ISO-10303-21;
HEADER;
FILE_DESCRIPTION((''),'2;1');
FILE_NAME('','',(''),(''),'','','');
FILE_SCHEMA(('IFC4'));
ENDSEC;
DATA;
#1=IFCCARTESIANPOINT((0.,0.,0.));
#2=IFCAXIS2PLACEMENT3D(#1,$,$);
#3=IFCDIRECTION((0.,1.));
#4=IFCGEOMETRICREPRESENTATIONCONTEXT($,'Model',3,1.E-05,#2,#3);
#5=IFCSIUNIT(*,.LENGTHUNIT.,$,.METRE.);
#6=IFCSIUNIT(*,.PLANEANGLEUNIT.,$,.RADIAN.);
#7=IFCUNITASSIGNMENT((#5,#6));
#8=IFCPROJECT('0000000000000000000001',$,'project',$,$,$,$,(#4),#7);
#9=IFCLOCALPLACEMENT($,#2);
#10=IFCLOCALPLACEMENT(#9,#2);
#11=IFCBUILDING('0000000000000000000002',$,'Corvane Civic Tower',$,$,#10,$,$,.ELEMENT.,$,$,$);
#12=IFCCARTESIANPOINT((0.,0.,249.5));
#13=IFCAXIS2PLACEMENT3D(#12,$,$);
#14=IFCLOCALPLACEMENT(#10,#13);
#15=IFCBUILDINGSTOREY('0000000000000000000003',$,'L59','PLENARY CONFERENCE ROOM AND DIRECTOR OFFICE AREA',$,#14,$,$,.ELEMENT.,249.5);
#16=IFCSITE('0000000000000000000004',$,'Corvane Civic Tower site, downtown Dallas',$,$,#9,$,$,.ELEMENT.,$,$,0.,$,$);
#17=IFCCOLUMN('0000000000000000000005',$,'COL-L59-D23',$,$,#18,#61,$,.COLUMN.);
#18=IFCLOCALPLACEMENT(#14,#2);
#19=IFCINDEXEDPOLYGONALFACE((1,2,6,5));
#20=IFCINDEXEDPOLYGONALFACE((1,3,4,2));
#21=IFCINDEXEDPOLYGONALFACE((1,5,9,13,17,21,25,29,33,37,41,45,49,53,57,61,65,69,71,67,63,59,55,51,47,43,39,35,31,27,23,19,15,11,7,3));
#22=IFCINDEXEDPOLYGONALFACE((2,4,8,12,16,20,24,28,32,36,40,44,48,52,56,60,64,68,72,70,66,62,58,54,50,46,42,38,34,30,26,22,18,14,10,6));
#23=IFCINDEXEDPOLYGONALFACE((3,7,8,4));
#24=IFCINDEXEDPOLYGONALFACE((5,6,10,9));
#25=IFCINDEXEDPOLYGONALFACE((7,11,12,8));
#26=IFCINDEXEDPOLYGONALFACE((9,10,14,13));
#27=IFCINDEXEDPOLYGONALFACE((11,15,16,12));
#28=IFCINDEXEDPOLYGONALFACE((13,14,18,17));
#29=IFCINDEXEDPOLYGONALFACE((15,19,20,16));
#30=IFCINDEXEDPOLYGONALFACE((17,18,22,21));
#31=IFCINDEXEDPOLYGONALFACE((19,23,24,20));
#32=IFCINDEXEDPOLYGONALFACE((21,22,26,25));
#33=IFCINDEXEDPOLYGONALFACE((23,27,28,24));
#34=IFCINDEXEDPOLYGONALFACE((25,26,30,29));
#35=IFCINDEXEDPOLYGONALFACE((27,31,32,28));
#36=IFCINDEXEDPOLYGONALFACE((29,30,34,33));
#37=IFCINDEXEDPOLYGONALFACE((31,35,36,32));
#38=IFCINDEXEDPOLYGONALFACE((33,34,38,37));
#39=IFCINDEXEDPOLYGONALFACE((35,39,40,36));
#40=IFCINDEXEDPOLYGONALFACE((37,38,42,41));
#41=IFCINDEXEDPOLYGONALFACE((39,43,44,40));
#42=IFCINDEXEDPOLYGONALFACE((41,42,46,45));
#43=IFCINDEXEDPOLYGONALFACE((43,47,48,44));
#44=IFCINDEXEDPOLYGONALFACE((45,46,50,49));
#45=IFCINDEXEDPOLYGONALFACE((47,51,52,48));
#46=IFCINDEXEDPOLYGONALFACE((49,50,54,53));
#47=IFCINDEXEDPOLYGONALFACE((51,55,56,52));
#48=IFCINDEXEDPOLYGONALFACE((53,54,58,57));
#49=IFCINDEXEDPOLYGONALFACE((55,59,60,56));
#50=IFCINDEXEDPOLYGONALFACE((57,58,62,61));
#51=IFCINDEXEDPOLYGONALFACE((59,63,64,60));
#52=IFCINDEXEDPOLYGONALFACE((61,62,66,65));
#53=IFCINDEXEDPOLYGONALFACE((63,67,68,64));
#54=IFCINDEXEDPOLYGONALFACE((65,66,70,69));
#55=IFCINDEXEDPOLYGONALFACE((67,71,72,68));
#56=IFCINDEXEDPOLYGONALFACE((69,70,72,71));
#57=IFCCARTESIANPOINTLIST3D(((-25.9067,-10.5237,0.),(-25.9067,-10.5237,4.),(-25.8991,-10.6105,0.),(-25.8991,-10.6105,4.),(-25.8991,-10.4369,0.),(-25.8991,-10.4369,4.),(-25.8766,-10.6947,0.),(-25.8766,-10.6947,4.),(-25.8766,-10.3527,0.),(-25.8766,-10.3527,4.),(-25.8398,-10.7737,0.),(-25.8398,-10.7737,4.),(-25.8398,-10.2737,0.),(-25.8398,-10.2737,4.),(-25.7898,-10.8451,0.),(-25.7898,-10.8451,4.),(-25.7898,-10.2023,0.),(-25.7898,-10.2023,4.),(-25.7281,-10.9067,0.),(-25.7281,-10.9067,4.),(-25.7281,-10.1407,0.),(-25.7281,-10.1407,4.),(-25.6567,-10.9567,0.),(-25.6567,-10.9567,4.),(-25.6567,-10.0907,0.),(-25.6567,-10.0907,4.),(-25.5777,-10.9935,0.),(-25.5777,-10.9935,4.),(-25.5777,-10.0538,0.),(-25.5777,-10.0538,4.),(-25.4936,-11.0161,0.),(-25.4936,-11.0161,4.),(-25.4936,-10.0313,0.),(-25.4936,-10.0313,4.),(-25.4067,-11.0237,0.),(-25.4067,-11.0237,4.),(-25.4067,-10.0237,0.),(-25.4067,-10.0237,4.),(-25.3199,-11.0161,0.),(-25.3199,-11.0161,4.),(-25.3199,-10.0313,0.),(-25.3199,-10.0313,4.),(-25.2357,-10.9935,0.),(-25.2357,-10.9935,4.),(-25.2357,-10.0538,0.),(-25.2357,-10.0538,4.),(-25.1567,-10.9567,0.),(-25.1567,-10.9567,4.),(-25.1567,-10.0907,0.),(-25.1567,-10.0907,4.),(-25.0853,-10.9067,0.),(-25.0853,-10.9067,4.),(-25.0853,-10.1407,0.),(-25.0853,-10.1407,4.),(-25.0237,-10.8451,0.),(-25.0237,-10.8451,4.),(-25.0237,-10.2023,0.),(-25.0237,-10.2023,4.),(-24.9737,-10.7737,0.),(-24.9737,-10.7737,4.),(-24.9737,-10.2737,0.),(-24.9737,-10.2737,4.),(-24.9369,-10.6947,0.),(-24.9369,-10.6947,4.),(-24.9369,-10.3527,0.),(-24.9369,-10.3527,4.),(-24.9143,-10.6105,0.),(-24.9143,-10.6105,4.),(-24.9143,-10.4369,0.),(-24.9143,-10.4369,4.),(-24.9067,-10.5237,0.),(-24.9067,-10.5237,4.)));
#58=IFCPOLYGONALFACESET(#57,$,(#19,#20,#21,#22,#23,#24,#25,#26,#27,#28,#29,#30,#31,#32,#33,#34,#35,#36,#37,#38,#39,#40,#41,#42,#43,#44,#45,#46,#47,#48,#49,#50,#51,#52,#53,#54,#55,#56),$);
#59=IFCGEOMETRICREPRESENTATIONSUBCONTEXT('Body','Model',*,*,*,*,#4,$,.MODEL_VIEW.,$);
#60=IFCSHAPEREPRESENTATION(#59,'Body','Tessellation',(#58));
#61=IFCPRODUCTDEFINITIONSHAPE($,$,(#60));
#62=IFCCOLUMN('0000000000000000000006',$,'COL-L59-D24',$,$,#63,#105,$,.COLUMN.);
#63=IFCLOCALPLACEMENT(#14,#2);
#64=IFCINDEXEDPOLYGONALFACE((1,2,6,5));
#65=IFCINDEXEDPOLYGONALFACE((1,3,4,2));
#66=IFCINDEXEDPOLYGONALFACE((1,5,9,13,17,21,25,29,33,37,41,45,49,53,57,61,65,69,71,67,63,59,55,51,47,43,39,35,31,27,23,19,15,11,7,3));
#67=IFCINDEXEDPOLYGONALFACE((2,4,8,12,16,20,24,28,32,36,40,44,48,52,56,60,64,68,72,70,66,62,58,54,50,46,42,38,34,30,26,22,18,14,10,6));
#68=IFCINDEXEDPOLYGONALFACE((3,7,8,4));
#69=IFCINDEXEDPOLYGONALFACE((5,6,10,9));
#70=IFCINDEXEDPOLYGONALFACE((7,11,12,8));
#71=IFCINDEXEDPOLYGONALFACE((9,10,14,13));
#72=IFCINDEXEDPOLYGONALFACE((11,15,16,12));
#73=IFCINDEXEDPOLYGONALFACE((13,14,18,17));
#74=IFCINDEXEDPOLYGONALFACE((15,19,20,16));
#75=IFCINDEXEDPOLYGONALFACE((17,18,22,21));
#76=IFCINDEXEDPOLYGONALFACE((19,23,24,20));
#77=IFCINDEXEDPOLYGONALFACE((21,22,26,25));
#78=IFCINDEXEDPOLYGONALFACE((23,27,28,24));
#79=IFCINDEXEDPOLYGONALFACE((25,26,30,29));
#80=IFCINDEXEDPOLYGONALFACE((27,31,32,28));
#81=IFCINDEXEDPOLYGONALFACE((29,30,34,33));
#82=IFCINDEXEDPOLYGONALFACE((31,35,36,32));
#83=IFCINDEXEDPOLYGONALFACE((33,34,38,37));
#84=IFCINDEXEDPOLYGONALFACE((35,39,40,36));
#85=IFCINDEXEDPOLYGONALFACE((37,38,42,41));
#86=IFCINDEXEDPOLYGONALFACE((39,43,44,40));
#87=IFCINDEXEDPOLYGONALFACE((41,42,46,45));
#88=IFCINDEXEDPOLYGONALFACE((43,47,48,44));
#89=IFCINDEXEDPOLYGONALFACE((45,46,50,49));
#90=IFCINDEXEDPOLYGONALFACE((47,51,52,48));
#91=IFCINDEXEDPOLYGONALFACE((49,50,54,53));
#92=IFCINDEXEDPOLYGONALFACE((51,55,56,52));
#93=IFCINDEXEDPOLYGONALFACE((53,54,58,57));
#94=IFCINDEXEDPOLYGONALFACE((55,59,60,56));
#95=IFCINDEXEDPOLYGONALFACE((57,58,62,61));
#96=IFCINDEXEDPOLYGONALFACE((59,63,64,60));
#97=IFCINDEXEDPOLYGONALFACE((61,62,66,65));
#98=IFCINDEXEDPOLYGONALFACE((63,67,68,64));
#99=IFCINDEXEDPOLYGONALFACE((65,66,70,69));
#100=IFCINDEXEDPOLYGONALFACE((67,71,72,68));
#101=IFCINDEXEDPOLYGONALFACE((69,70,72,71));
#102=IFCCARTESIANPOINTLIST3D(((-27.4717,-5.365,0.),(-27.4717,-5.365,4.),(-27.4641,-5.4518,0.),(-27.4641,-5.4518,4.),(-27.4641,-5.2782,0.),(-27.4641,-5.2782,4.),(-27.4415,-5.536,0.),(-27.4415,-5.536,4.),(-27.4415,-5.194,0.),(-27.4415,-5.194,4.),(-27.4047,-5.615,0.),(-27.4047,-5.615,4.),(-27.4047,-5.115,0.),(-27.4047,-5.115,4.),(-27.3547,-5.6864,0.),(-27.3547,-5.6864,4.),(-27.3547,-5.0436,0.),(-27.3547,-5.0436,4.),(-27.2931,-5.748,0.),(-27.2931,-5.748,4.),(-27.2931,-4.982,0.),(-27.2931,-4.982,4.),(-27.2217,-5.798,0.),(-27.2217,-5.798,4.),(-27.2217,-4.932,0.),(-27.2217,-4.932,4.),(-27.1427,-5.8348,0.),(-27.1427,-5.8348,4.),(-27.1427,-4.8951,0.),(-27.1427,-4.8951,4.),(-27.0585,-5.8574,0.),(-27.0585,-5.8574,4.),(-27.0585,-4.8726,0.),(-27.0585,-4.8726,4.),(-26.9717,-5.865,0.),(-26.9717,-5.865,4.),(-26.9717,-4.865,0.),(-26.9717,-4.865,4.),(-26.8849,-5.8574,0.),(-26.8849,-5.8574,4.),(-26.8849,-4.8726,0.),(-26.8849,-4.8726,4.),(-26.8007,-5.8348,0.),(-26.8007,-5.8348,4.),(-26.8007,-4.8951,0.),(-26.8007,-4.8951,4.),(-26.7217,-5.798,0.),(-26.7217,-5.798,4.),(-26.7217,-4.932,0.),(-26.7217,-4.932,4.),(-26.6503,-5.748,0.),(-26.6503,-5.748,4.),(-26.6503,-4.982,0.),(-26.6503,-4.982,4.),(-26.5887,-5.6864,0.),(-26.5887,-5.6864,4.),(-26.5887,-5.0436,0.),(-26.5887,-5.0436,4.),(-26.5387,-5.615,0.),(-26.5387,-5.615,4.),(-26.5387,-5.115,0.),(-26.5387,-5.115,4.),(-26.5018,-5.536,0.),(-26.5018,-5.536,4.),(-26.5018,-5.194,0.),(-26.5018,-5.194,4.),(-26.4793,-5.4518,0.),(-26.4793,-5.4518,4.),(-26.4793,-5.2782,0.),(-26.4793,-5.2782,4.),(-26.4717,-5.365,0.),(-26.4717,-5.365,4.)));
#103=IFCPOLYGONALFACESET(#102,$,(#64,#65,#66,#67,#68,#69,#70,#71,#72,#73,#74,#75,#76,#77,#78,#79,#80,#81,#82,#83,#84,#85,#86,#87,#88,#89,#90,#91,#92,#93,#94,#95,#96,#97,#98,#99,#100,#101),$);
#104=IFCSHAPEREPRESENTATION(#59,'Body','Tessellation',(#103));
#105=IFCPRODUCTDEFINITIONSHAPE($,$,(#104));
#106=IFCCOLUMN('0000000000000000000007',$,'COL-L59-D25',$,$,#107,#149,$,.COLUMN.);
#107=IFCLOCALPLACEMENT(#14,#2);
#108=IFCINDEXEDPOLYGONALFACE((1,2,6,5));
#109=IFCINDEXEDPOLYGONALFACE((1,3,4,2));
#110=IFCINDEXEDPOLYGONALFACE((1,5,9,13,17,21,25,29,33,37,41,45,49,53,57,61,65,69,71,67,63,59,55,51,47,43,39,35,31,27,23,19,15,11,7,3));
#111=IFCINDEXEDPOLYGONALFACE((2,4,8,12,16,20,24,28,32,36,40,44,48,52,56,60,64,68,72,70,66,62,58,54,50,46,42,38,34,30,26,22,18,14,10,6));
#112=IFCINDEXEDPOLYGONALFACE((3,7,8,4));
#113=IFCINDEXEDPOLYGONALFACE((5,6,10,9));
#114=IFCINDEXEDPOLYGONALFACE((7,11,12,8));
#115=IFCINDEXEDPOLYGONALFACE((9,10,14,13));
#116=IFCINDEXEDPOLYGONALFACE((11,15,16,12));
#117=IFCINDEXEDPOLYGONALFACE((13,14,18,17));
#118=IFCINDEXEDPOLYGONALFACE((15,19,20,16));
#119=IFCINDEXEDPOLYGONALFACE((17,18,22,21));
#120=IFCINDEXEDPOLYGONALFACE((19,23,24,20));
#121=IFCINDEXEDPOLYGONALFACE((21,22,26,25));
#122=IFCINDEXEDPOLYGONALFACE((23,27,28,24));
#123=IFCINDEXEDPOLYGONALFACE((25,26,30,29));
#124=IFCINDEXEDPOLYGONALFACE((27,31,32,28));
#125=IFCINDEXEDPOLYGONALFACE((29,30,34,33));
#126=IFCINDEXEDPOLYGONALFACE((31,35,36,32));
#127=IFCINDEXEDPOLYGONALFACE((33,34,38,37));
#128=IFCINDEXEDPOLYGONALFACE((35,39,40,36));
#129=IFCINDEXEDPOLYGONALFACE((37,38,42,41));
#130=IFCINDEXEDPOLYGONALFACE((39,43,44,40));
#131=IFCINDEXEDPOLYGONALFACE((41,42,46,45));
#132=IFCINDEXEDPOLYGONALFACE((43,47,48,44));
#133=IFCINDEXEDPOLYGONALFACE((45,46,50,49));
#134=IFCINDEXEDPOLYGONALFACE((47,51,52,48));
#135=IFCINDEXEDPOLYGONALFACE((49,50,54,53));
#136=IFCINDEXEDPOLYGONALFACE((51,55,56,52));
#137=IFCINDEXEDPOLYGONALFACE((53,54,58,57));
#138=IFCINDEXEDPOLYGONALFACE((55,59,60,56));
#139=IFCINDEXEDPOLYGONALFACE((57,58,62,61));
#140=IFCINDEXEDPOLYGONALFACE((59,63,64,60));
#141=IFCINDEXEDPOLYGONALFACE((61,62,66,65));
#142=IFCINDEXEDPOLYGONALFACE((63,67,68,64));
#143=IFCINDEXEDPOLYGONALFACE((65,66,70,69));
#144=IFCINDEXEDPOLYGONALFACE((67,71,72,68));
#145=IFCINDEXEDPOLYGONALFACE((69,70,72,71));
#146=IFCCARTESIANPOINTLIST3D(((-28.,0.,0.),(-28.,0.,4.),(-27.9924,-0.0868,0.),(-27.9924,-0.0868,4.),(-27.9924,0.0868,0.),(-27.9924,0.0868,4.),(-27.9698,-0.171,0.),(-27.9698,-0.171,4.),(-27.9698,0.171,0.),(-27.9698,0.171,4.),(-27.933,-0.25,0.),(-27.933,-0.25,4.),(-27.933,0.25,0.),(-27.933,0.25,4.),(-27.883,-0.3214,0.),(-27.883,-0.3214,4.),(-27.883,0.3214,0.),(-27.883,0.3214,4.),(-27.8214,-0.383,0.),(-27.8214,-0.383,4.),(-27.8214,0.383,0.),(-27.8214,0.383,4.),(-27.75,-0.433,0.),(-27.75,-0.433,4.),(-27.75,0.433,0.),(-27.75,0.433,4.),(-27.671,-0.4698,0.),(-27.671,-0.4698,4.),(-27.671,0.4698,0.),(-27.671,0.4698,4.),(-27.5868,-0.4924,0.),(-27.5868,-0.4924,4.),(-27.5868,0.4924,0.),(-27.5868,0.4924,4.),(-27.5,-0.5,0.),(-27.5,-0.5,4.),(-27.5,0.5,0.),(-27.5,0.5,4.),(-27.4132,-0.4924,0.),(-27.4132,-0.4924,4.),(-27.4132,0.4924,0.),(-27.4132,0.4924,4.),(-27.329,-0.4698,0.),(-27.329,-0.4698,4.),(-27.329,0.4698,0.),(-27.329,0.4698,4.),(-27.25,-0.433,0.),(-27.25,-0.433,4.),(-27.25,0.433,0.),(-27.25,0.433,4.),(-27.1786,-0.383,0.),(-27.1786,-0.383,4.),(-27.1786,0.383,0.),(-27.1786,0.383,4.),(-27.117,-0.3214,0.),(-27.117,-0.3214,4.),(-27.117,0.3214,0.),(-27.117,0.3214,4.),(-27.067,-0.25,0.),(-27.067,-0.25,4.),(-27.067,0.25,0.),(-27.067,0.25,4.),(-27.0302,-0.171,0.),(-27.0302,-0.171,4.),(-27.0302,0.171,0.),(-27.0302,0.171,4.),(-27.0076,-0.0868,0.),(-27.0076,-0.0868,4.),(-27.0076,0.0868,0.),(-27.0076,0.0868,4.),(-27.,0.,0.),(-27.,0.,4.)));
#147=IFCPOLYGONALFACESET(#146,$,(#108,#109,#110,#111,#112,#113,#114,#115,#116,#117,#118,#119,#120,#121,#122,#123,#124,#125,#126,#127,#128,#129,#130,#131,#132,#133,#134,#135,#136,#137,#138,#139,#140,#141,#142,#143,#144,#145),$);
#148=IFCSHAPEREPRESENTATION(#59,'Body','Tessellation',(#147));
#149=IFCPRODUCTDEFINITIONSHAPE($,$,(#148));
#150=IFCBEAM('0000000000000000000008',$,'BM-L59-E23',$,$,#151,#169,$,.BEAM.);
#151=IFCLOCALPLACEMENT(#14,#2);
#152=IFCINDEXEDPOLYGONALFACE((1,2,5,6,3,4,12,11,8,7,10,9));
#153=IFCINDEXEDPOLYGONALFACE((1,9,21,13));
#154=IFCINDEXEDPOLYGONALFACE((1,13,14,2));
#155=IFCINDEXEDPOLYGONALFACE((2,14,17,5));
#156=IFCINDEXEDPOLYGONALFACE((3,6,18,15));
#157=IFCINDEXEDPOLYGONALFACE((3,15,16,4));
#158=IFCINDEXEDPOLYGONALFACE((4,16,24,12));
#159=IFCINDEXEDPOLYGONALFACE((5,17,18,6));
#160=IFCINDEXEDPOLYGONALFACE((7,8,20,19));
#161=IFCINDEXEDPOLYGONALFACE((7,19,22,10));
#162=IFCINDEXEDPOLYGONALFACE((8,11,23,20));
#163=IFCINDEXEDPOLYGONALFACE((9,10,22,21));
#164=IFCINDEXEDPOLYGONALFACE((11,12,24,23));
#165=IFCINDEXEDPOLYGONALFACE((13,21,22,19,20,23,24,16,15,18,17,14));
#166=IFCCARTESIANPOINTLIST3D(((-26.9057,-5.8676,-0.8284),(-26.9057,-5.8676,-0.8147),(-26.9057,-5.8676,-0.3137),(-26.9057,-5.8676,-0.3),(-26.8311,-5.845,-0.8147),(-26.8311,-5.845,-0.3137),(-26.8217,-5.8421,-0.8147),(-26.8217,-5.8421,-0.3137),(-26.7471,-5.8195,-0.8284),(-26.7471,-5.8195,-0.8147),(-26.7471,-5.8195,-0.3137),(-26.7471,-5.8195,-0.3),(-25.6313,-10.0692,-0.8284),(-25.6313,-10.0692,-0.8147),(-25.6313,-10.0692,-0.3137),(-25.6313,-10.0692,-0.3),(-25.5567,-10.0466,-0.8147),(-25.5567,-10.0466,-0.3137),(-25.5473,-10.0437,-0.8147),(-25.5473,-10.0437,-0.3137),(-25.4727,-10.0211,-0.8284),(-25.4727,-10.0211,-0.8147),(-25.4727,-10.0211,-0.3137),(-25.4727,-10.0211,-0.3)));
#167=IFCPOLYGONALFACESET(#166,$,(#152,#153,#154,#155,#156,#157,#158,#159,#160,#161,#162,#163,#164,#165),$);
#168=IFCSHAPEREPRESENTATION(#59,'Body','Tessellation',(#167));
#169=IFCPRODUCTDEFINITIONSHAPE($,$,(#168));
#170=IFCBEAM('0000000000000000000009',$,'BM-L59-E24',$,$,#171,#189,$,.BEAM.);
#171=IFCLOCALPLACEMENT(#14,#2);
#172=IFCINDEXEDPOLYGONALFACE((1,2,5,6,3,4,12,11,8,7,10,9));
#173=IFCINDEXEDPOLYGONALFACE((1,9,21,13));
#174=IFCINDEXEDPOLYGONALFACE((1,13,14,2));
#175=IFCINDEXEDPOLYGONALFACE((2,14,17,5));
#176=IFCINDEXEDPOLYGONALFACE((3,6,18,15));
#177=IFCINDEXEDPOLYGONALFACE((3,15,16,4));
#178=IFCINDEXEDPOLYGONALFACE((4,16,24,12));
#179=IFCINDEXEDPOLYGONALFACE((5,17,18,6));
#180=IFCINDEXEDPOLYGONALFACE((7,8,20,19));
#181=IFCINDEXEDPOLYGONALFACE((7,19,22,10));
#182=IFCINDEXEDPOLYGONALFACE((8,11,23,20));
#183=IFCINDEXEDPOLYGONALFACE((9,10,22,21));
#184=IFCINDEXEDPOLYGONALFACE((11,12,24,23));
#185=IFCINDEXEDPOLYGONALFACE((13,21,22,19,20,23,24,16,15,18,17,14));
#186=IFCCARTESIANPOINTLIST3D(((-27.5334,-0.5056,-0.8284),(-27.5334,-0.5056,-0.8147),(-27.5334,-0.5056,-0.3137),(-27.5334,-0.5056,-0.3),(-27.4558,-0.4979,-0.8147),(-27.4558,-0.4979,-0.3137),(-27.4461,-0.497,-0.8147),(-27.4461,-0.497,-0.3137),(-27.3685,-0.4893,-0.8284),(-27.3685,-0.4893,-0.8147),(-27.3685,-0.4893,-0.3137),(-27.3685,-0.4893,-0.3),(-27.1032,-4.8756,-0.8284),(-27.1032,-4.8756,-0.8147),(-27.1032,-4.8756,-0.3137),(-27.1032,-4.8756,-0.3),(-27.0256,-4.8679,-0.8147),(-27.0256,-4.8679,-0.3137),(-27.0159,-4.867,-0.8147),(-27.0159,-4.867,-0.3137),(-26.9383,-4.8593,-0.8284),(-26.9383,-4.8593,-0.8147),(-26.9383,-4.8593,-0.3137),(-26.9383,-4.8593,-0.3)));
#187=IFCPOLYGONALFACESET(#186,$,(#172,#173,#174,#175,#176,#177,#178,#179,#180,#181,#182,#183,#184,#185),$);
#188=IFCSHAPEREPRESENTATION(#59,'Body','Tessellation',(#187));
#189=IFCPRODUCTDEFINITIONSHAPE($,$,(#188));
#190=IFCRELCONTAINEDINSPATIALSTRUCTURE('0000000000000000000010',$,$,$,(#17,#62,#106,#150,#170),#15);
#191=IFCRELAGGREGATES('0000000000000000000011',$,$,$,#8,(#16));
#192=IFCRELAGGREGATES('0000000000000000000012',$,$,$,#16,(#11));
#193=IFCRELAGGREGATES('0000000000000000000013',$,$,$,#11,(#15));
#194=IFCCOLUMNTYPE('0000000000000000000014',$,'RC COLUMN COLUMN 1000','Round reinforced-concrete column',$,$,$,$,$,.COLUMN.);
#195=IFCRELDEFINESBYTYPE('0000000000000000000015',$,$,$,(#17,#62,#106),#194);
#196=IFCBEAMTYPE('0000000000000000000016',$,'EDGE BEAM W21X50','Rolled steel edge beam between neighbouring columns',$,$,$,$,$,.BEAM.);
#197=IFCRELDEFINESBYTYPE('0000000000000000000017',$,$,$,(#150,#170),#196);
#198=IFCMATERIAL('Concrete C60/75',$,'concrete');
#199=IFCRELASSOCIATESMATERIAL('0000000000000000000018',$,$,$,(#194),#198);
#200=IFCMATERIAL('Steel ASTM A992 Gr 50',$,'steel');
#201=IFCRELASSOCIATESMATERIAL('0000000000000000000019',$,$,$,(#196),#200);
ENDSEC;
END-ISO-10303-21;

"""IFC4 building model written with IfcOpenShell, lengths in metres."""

from ifc_helpers import new_model, si_unit, direction, frame, origin, origin_2d, place, context, subcontext, project, spatial, circle, i_section, extrude, material, material_profile, profile_set, type_object, element, save


model = new_model("IFC4")

# Units and contexts
model_context = context("Model", 3, precision=1e-05, world=origin(), true_north=direction((0.0, 1.0)))
body_context = subcontext(model_context, "Body", "Model", "MODEL_VIEW")
ifc_project = project(units=[si_unit("LENGTHUNIT", "METRE"), si_unit("PLANEANGLEUNIT", "RADIAN")], contexts=[model_context])

# Site, building, storey
site_placement = place(None, origin())
site = spatial("IfcSite", under=ifc_project, at=site_placement, Name="Corvane Civic Tower site, downtown Dallas", CompositionType="ELEMENT", RefElevation=0.0)
building_placement = place(site_placement, origin())
building = spatial("IfcBuilding", under=site, at=building_placement, Name="Corvane Civic Tower", CompositionType="ELEMENT")
storey_placement = place(building_placement, frame((0.0, 0.0, 249.5)))
storey = spatial("IfcBuildingStorey", under=building, at=storey_placement, Name="L59", Description="PLENARY CONFERENCE ROOM AND DIRECTOR OFFICE AREA", CompositionType="ELEMENT", Elevation=249.5)

# Columns
ifc_material_1 = material(Name="Concrete C60/75", Category="concrete")
ifc_material_profile_1 = material_profile(ifc_material_1, circle(Radius=0.5, at=origin_2d()), Name="COLUMN 1000")
ifc_profile_set_1 = profile_set([ifc_material_profile_1], Name="Concrete C60/75")
column_type = type_object("IfcColumnType", Name="RC COLUMN COLUMN 1000", Description="Round reinforced-concrete column", PredefinedType="COLUMN", material=ifc_profile_set_1)
for number, where, z_axis, x_axis, name in (
    (1, (-25.4067, -10.5237, 0.0), (0.0, 0.0, 1.0), (1.0, 0.0, 0.0), "COL-L59-D23"),
    (2, (-26.9717, -5.365, 0.0), (0.0, 0.0, 1.0), (1.0, 0.0, 0.0), "COL-L59-D24"),
    (3, (-27.5, 0.0, 0.0), (0.0, 0.0, 1.0), (1.0, 0.0, 0.0), "COL-L59-D25"),
):
    element("IfcColumn", number, at=place(storey_placement, frame(where, z_axis=z_axis, x_axis=x_axis)), inside=storey, type_object=column_type, Name=name, PredefinedType="COLUMN", context=body_context, shape_type="SweptSolid", body=[
        extrude(circle(Radius=0.5, at=origin_2d()), origin(), (0.0, 0.0, 1.0), 4.0),
    ])

# Beams
ifc_material_2 = material(Name="Steel ASTM A992 Gr 50", Category="steel")
ifc_material_profile_2 = material_profile(ifc_material_2, i_section(OverallWidth=0.1658, OverallDepth=0.5283, WebThickness=0.0098, FlangeThickness=0.0137, at=origin_2d()), Name="W21X50")
ifc_profile_set_2 = profile_set([ifc_material_profile_2], Name="Steel ASTM A992 Gr 50")
beam_type_1 = type_object("IfcBeamType", Name="EDGE BEAM W21X50", Description="Rolled steel edge beam between neighbouring columns", PredefinedType="BEAM", material=ifc_profile_set_2)
beam_1_placement = place(storey_placement, frame((-25.552, -10.0452, -0.5642), z_axis=(-0.290254, 0.95695, 0.0), x_axis=(-0.95695, -0.290254, 0.0)))
element("IfcBeam", 4, at=beam_1_placement, inside=storey, type_object=beam_type_1, Name="BM-L59-E23", PredefinedType="BEAM", context=body_context, shape_type="SweptSolid", body=[
    extrude(i_section(OverallWidth=0.1658, OverallDepth=0.5283, WebThickness=0.0098, FlangeThickness=0.0137, at=origin_2d()), origin(), (0.0, 0.0, 1.0), 4.3906),
])
beam_2_placement = place(storey_placement, frame((-27.0208, -4.8674, -0.5642), z_axis=(-0.097968, 0.99519, 0.0), x_axis=(-0.99519, -0.097968, 0.0)))
element("IfcBeam", 5, at=beam_2_placement, inside=storey, type_object=beam_type_1, Name="BM-L59-E24", PredefinedType="BEAM", context=body_context, shape_type="SweptSolid", body=[
    extrude(i_section(OverallWidth=0.1658, OverallDepth=0.5283, WebThickness=0.0098, FlangeThickness=0.0137, at=origin_2d()), origin(), (0.0, 0.0, 1.0), 4.3911),
])

save(model, "model.ifc")
